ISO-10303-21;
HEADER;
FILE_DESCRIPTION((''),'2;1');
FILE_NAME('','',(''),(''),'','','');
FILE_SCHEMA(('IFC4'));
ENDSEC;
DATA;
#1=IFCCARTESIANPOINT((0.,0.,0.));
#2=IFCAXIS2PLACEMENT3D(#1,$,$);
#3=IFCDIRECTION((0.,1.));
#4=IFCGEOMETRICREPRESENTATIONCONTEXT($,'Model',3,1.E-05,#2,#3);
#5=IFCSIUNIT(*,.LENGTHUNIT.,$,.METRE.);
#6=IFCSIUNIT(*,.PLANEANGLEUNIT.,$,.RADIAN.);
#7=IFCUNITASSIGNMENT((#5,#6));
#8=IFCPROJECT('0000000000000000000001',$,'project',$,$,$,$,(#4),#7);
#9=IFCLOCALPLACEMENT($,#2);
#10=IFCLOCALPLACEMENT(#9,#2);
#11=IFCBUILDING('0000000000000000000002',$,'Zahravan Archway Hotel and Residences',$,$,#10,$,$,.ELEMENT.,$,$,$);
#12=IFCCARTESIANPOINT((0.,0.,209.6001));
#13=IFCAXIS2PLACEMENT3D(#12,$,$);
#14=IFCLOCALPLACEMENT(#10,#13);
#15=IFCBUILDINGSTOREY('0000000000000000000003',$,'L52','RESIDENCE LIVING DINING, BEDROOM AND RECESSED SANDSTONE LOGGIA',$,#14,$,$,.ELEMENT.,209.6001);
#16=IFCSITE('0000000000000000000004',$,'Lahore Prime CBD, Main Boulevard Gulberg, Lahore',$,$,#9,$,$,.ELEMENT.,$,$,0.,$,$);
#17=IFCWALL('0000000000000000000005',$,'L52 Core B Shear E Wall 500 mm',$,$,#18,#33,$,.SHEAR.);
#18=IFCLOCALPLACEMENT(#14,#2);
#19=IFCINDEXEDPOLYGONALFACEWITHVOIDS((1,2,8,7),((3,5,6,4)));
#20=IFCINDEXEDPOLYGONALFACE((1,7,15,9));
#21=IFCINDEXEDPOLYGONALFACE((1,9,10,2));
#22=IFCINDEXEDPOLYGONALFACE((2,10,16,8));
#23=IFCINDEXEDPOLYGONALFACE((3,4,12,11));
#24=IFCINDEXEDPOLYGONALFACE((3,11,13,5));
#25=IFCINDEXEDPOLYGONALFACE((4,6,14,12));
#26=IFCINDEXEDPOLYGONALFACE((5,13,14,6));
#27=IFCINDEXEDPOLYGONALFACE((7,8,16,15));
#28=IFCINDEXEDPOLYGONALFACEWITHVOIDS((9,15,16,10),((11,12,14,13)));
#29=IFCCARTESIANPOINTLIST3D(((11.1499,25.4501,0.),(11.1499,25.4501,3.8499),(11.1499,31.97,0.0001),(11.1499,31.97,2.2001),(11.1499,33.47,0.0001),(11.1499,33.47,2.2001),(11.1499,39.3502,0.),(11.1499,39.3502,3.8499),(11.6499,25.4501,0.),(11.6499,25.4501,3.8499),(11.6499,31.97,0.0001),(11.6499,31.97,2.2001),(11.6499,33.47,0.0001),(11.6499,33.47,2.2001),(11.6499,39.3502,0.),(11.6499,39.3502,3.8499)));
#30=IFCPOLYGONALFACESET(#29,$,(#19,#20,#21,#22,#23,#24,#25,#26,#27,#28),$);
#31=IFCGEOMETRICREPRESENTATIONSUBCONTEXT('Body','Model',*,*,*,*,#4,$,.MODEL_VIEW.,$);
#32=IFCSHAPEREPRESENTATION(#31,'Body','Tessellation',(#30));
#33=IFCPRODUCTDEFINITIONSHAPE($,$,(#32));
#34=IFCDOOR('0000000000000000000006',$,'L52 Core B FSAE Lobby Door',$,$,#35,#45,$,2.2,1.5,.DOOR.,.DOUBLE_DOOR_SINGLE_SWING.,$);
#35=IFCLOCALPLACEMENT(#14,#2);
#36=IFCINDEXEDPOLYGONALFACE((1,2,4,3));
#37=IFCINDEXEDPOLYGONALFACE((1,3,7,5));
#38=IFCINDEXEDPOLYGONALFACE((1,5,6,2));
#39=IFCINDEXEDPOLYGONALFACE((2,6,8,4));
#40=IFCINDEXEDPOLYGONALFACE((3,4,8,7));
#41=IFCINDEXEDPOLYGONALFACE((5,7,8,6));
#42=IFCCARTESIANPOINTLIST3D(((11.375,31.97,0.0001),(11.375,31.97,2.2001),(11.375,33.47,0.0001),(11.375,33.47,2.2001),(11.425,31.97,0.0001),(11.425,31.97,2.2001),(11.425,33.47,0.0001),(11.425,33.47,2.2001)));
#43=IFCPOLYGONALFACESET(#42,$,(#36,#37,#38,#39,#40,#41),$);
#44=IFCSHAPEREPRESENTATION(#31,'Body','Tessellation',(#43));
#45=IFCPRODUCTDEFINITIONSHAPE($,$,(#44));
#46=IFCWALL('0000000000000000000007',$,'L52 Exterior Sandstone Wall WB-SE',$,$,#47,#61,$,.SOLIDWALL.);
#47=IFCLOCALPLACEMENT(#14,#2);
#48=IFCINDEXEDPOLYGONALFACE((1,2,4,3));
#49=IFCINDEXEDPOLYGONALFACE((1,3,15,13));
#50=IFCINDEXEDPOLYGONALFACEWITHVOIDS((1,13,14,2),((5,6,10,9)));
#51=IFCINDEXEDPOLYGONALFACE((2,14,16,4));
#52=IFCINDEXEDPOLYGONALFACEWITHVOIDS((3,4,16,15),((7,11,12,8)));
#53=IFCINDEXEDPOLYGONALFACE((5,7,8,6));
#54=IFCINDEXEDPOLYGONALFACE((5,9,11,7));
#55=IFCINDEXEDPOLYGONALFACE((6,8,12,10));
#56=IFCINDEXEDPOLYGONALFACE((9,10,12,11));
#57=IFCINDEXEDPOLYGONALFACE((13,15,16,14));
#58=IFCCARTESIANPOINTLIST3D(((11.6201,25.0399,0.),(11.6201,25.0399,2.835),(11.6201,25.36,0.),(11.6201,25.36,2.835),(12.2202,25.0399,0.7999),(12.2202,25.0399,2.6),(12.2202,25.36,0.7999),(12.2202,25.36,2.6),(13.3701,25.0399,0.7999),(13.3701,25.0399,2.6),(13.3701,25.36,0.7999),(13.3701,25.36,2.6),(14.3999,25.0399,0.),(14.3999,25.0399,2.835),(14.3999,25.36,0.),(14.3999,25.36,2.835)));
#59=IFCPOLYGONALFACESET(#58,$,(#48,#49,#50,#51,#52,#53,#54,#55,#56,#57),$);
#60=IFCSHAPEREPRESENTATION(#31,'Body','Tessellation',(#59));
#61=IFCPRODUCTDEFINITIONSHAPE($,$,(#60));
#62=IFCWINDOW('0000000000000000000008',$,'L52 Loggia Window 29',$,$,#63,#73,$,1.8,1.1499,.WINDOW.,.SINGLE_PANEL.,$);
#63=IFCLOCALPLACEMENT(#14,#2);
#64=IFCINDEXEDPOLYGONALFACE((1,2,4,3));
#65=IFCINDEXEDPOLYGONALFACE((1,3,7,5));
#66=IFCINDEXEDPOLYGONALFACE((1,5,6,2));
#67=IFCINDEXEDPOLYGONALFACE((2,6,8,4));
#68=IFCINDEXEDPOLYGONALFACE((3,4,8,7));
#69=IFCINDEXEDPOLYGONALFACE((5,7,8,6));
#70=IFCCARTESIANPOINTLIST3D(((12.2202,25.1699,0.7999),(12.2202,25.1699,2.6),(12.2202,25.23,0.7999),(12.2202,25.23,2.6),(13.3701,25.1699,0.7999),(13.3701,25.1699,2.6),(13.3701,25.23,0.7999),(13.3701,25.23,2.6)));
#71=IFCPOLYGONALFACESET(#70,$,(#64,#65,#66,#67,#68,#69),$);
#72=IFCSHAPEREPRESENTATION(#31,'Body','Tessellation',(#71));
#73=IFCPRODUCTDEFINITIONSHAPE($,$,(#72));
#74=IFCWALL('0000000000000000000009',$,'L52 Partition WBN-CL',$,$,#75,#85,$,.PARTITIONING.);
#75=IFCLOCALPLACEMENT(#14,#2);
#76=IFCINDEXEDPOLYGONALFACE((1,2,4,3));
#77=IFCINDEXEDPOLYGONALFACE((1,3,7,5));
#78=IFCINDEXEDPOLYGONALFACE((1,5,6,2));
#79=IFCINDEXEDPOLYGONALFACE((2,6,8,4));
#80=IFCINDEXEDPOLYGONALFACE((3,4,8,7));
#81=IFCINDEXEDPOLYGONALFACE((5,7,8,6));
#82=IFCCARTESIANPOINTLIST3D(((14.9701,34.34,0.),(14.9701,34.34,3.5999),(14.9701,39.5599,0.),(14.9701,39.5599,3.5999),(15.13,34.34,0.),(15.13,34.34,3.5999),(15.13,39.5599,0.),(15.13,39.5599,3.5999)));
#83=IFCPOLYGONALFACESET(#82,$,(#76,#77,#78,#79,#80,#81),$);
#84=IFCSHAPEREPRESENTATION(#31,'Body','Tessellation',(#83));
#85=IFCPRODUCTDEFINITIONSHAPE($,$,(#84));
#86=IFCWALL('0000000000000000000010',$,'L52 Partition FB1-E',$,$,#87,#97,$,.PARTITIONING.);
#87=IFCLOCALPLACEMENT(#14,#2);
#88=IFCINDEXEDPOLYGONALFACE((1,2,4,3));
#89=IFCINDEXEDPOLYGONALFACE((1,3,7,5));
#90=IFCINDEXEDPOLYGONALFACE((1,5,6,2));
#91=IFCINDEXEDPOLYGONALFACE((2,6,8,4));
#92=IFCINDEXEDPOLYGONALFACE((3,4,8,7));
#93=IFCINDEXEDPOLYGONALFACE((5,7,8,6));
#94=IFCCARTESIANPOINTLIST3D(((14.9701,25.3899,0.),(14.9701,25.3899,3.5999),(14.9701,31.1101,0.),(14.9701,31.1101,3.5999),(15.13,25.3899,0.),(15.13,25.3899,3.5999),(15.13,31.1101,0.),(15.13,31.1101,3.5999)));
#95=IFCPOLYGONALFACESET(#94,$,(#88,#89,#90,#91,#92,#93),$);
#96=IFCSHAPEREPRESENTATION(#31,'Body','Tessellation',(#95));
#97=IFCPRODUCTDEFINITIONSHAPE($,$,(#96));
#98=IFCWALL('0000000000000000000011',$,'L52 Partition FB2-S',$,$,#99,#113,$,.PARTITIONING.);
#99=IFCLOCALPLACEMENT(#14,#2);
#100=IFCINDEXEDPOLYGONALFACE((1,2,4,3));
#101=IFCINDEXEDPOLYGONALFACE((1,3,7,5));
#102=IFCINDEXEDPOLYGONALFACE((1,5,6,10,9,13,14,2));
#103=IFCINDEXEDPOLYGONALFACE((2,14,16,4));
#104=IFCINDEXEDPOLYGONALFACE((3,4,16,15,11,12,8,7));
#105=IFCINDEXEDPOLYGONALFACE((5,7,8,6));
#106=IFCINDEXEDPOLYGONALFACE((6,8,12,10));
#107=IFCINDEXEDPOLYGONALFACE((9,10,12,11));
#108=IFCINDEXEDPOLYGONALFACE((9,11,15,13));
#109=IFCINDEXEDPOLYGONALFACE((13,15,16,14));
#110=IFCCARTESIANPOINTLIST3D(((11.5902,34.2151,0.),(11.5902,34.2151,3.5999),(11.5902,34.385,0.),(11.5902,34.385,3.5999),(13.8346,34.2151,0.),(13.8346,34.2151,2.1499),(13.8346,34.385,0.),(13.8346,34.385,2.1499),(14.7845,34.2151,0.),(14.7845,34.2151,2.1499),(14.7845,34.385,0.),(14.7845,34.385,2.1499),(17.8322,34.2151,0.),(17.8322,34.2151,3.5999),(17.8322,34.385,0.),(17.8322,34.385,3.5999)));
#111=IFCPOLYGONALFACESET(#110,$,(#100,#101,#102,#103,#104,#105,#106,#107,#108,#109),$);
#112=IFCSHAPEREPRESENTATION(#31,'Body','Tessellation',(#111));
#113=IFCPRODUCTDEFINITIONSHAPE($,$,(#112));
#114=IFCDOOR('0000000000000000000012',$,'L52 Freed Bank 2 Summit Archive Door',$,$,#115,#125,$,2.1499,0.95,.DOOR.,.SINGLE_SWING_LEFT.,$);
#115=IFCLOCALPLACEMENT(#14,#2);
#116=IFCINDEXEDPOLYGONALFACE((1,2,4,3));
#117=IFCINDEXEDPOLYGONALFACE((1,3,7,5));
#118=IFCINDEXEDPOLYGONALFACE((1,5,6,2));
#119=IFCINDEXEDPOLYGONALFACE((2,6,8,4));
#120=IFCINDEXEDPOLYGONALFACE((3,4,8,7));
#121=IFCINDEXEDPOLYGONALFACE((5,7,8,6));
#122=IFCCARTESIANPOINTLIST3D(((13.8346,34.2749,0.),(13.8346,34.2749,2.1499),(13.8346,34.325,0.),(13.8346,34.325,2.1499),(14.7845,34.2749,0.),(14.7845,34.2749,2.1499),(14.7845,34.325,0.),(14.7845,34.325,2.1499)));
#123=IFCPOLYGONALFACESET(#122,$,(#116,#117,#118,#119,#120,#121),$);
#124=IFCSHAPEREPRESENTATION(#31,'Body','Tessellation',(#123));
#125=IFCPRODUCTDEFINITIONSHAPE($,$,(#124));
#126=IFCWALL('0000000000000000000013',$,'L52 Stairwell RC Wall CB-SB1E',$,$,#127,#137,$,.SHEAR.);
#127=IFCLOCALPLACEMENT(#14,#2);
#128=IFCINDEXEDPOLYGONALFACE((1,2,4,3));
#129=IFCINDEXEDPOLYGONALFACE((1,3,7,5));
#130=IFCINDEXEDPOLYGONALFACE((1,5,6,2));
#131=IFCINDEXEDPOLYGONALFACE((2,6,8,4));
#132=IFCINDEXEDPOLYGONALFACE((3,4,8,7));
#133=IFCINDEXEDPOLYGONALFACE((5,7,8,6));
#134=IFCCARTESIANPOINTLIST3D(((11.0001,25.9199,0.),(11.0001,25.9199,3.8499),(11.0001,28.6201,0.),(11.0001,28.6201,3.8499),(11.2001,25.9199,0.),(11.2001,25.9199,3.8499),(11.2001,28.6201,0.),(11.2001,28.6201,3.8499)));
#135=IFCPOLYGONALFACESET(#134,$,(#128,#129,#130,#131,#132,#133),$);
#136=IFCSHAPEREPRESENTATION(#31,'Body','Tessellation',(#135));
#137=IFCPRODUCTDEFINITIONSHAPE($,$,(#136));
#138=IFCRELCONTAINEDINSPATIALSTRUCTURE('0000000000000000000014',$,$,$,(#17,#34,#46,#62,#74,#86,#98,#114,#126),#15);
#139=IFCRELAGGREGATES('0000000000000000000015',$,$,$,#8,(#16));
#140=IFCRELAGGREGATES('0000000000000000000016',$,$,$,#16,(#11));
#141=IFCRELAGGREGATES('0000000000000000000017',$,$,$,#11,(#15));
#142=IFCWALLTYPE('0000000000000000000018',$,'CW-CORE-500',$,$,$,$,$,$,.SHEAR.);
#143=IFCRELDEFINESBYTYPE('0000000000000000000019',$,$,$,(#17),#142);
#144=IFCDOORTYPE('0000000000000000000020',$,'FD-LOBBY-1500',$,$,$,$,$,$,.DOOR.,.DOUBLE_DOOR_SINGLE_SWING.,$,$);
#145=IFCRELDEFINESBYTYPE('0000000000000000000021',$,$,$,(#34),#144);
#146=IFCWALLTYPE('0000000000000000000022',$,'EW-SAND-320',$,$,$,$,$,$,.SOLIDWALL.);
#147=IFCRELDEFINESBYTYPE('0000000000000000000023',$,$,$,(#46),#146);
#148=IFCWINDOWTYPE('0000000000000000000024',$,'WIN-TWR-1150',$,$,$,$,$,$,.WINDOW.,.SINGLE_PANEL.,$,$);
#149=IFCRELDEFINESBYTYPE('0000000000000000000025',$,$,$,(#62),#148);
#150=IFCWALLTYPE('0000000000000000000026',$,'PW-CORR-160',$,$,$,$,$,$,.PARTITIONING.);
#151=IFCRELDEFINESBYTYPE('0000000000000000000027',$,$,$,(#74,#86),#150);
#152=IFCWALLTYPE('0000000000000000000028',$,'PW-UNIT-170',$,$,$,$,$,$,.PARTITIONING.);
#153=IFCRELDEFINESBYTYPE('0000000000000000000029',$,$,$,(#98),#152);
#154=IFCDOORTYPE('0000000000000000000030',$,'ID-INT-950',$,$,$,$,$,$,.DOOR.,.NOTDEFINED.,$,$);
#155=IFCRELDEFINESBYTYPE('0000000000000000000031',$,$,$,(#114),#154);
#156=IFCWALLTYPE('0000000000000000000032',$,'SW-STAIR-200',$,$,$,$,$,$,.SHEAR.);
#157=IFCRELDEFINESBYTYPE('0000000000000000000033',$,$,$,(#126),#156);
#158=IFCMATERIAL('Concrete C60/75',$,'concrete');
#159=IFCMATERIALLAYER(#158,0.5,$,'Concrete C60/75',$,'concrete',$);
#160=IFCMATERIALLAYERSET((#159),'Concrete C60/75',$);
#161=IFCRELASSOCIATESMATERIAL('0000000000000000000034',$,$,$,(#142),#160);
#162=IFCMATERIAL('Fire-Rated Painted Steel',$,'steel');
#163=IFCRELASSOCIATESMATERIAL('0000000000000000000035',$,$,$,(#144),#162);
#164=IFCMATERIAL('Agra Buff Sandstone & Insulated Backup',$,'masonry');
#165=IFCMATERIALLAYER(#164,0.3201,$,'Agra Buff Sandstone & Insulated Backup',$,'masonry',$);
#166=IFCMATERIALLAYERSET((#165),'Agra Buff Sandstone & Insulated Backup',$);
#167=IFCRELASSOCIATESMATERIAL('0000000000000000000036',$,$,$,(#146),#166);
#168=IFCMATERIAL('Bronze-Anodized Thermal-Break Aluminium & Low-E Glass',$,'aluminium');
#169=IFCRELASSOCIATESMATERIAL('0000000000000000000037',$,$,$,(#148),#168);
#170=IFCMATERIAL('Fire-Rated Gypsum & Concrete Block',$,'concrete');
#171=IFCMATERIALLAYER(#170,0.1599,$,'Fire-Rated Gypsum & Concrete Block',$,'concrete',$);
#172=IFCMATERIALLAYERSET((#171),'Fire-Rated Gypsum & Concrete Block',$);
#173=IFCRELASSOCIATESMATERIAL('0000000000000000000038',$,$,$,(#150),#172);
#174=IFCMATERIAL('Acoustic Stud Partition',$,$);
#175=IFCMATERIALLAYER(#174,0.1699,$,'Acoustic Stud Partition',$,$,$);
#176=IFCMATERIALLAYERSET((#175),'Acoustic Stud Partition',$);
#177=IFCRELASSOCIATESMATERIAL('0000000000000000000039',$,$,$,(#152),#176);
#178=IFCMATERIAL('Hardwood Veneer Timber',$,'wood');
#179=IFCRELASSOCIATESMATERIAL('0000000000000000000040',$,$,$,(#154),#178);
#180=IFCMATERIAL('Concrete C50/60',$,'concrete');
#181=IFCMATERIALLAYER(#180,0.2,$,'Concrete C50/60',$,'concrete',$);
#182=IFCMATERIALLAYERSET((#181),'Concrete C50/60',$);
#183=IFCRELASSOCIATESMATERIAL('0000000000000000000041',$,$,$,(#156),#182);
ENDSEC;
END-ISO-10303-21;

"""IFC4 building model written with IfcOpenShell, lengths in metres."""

from ifc_helpers import new_model, si_unit, direction, frame, frame_2d, origin, place, context, subcontext, project, spatial, rectangle, extrude, source, transform, mapped, material, layer, layer_set, type_object, type_shapes, element, fill, save


model = new_model("IFC4")

# Units and contexts
model_context = context("Model", 3, precision=1e-05, world=origin(), true_north=direction((0.0, 1.0)))
body_context = subcontext(model_context, "Body", "Model", "MODEL_VIEW")
ifc_project = project(units=[si_unit("LENGTHUNIT", "METRE"), si_unit("PLANEANGLEUNIT", "RADIAN")], contexts=[model_context])

# Site, building, storey
site_placement = place(None, origin())
site = spatial("IfcSite", under=ifc_project, at=site_placement, Name="Lahore Prime CBD, Main Boulevard Gulberg, Lahore", CompositionType="ELEMENT", RefElevation=0.0)
building_placement = place(site_placement, origin())
building = spatial("IfcBuilding", under=site, at=building_placement, Name="Zahravan Archway Hotel and Residences", CompositionType="ELEMENT")
storey_placement = place(building_placement, frame((0.0, 0.0, 209.6001)))
storey = spatial("IfcBuildingStorey", under=building, at=storey_placement, Name="L52", Description="RESIDENCE LIVING DINING, BEDROOM AND RECESSED SANDSTONE LOGGIA", CompositionType="ELEMENT", Elevation=209.6001)

# Shared definitions
ifc_material_1 = material(Name="Concrete C60/75", Category="concrete")

# Wall, opening, door
ifc_layer_1 = layer(ifc_material_1, 0.5, Name="Concrete C60/75", Category="concrete")
ifc_layer_set_1 = layer_set([ifc_layer_1], Name="Concrete C60/75")
wall_type_1 = type_object("IfcWallType", Name="CW-CORE-500", PredefinedType="SHEAR", material=ifc_layer_set_1)
wall_1_placement = place(storey_placement, frame((11.3999, 25.45, 0.0), z_axis=(0.0, 0.0, 1.0), x_axis=(0.0, 1.0, 0.0)))
wall_1 = element("IfcWall", 1, at=wall_1_placement, inside=storey, type_object=wall_type_1, Name="L52 Core B Shear E Wall 500 mm", PredefinedType="SHEAR", context=body_context, shape_type="SweptSolid", body=[
    extrude(rectangle(XDim=13.9001, YDim=0.5, at=frame_2d((6.9502, 0.0))), origin(), (0.0, 0.0, 1.0), 3.8499),
])
opening_1_placement = place(wall_1_placement, frame((6.52, 0.0, 0.0)))
opening_1 = element("IfcOpeningElement", 2, at=opening_1_placement, cuts=wall_1, PredefinedType="OPENING", context=body_context, shape_type="SweptSolid", body=[
    extrude(rectangle(XDim=1.5, YDim=2.2, at=frame_2d((0.75, 1.1001))), frame((0.0, 0.26, 0.0), z_axis=(0.0, -1.0, 0.0), x_axis=(1.0, 0.0, 0.0)), (0.0, 0.0, 1.0), 0.52),
])
ifc_material_2 = material(Name="Fire-Rated Painted Steel", Category="steel")
door_type_1 = type_object("IfcDoorType", Name="FD-LOBBY-1500", OperationType="DOUBLE_DOOR_SINGLE_SWING", PredefinedType="DOOR", material=ifc_material_2)
shared_shape_1 = source(origin(), body_context, "Body", "SweptSolid", [
    extrude(rectangle(XDim=1.5, YDim=2.2, at=frame_2d((0.75, 1.1001))), frame((0.0, 0.0249, 0.0), z_axis=(0.0, -1.0, 0.0), x_axis=(1.0, 0.0, 0.0)), (0.0, 0.0, 1.0), 0.05),
])
type_shapes(door_type_1, [shared_shape_1])
door_1_placement = place(opening_1_placement, origin())
door_1 = element("IfcDoor", 3, at=door_1_placement, inside=storey, type_object=door_type_1, Name="L52 Core B FSAE Lobby Door", OperationType="DOUBLE_DOOR_SINGLE_SWING", OverallHeight=2.2, OverallWidth=1.5, PredefinedType="DOOR", context=body_context, shape_type="MappedRepresentation", body=[
    mapped(shared_shape_1, transform((0.0, 0.0, 0.0), scale=1.0)),
])
fill(opening_1, door_1)

# Wall, opening, window
ifc_material_3 = material(Name="Agra Buff Sandstone & Insulated Backup", Category="masonry")
ifc_layer_2 = layer(ifc_material_3, 0.3201, Name="Agra Buff Sandstone & Insulated Backup", Category="masonry")
ifc_layer_set_2 = layer_set([ifc_layer_2], Name="Agra Buff Sandstone & Insulated Backup")
wall_type_2 = type_object("IfcWallType", Name="EW-SAND-320", PredefinedType="SOLIDWALL", material=ifc_layer_set_2)
wall_2_placement = place(storey_placement, frame((11.6201, 25.2, 0.0), z_axis=(0.0, 0.0, 1.0), x_axis=(1.0, 0.0, 0.0)))
wall_2 = element("IfcWall", 4, at=wall_2_placement, inside=storey, type_object=wall_type_2, Name="L52 Exterior Sandstone Wall WB-SE", PredefinedType="SOLIDWALL", context=body_context, shape_type="SweptSolid", body=[
    extrude(rectangle(XDim=2.7798, YDim=0.3201, at=frame_2d((1.3899, 0.0))), origin(), (0.0, 0.0, 1.0), 2.835),
])
opening_2_placement = place(wall_2_placement, frame((0.6001, 0.0, 0.8)))
opening_2 = element("IfcOpeningElement", 5, at=opening_2_placement, cuts=wall_2, PredefinedType="OPENING", context=body_context, shape_type="SweptSolid", body=[
    extrude(rectangle(XDim=1.1499, YDim=1.8, at=frame_2d((0.575, 0.8999))), frame((0.0, 0.1699, 0.0), z_axis=(0.0, -1.0, 0.0), x_axis=(1.0, 0.0, 0.0)), (0.0, 0.0, 1.0), 0.3401),
])
ifc_material_4 = material(Name="Bronze-Anodized Thermal-Break Aluminium & Low-E Glass", Category="aluminium")
window_type = type_object("IfcWindowType", Name="WIN-TWR-1150", PartitioningType="SINGLE_PANEL", PredefinedType="WINDOW", material=ifc_material_4)
shared_shape_2 = source(origin(), body_context, "Body", "SweptSolid", [
    extrude(rectangle(XDim=1.1499, YDim=1.8, at=frame_2d((0.575, 0.8999))), frame((0.0, 0.03, 0.0), z_axis=(0.0, -1.0, 0.0), x_axis=(1.0, 0.0, 0.0)), (0.0, 0.0, 1.0), 0.0601),
])
type_shapes(window_type, [shared_shape_2])
window_placement = place(opening_2_placement, origin())
window = element("IfcWindow", 6, at=window_placement, inside=storey, type_object=window_type, Name="L52 Loggia Window 29", OverallHeight=1.8, OverallWidth=1.1499, PartitioningType="SINGLE_PANEL", PredefinedType="WINDOW", context=body_context, shape_type="MappedRepresentation", body=[
    mapped(shared_shape_2, transform((0.0, 0.0, 0.0), scale=1.0)),
])
fill(opening_2, window)

# Walls
ifc_material_5 = material(Name="Fire-Rated Gypsum & Concrete Block", Category="concrete")
ifc_layer_3 = layer(ifc_material_5, 0.1599, Name="Fire-Rated Gypsum & Concrete Block", Category="concrete")
ifc_layer_set_3 = layer_set([ifc_layer_3], Name="Fire-Rated Gypsum & Concrete Block")
wall_type_3 = type_object("IfcWallType", Name="PW-CORR-160", PredefinedType="PARTITIONING", material=ifc_layer_set_3)
wall_3_placement = place(storey_placement, frame((15.05, 34.3401, 0.0), z_axis=(0.0, 0.0, 1.0), x_axis=(0.0, 1.0, 0.0)))
element("IfcWall", 7, at=wall_3_placement, inside=storey, type_object=wall_type_3, Name="L52 Partition WBN-CL", PredefinedType="PARTITIONING", context=body_context, shape_type="SweptSolid", body=[
    extrude(rectangle(XDim=5.22, YDim=0.1599, at=frame_2d((2.6099, 0.0))), origin(), (0.0, 0.0, 1.0), 3.5999),
])
wall_4_placement = place(storey_placement, frame((15.05, 25.3899, 0.0), z_axis=(0.0, 0.0, 1.0), x_axis=(0.0, 1.0, 0.0)))
element("IfcWall", 8, at=wall_4_placement, inside=storey, type_object=wall_type_3, Name="L52 Partition FB1-E", PredefinedType="PARTITIONING", context=body_context, shape_type="SweptSolid", body=[
    extrude(rectangle(XDim=5.7202, YDim=0.1599, at=frame_2d((2.8601, 0.0))), origin(), (0.0, 0.0, 1.0), 3.5999),
])

# Wall, opening, door
ifc_material_6 = material(Name="Acoustic Stud Partition")
ifc_layer_4 = layer(ifc_material_6, 0.1699, Name="Acoustic Stud Partition")
ifc_layer_set_4 = layer_set([ifc_layer_4], Name="Acoustic Stud Partition")
wall_type_4 = type_object("IfcWallType", Name="PW-UNIT-170", PredefinedType="PARTITIONING", material=ifc_layer_set_4)
ifc_material_7 = material(Name="Hardwood Veneer Timber", Category="wood")
door_type_2 = type_object("IfcDoorType", Name="ID-INT-950", OperationType="NOTDEFINED", PredefinedType="DOOR", material=ifc_material_7)
shared_shape_3 = source(origin(), body_context, "Body", "SweptSolid", [
    extrude(rectangle(XDim=0.95, YDim=2.1499, at=frame_2d((0.4751, 1.075))), frame((0.0, 0.0249, 0.0), z_axis=(0.0, -1.0, 0.0), x_axis=(1.0, 0.0, 0.0)), (0.0, 0.0, 1.0), 0.05),
])
type_shapes(door_type_2, [shared_shape_3])
wall_5_placement = place(storey_placement, frame((11.5901, 34.3, 0.0), z_axis=(0.0, 0.0, 1.0), x_axis=(1.0, 0.0, 0.0)))
wall_5 = element("IfcWall", 9, at=wall_5_placement, inside=storey, type_object=wall_type_4, Name="L52 Partition FB2-S", PredefinedType="PARTITIONING", context=body_context, shape_type="SweptSolid", body=[
    extrude(rectangle(XDim=6.2419, YDim=0.1699, at=frame_2d((3.1211, 0.0))), origin(), (0.0, 0.0, 1.0), 3.5999),
])
opening_3_placement = place(wall_5_placement, frame((2.2444, 0.0, 0.0)))
opening_3 = element("IfcOpeningElement", 10, at=opening_3_placement, cuts=wall_5, PredefinedType="OPENING", context=body_context, shape_type="SweptSolid", body=[
    extrude(rectangle(XDim=0.95, YDim=2.1499, at=frame_2d((0.4751, 1.075))), frame((0.0, 0.095, 0.0), z_axis=(0.0, -1.0, 0.0), x_axis=(1.0, 0.0, 0.0)), (0.0, 0.0, 1.0), 0.1899),
])
door_2_placement = place(opening_3_placement, origin())
door_2 = element("IfcDoor", 11, at=door_2_placement, inside=storey, type_object=door_type_2, Name="L52 Freed Bank 2 Summit Archive Door", OperationType="SINGLE_SWING_LEFT", OverallHeight=2.1499, OverallWidth=0.95, PredefinedType="DOOR", context=body_context, shape_type="MappedRepresentation", body=[
    mapped(shared_shape_3, transform((0.0, 0.0, 0.0), scale=1.0)),
])
fill(opening_3, door_2)

# Wall
ifc_material_8 = material(Name="Concrete C50/60", Category="concrete")
ifc_layer_5 = layer(ifc_material_8, 0.2, Name="Concrete C50/60", Category="concrete")
ifc_layer_set_5 = layer_set([ifc_layer_5], Name="Concrete C50/60")
wall_type_5 = type_object("IfcWallType", Name="SW-STAIR-200", PredefinedType="SHEAR", material=ifc_layer_set_5)
wall_6_placement = place(storey_placement, frame((11.1001, 25.9199, 0.0), z_axis=(0.0, 0.0, 1.0), x_axis=(0.0, 1.0, 0.0)))
element("IfcWall", 12, at=wall_6_placement, inside=storey, type_object=wall_type_5, Name="L52 Stairwell RC Wall CB-SB1E", PredefinedType="SHEAR", context=body_context, shape_type="SweptSolid", body=[
    extrude(rectangle(XDim=2.7002, YDim=0.2, at=frame_2d((1.3501, 0.0))), origin(), (0.0, 0.0, 1.0), 3.8499),
])

save(model, "model.ifc")
